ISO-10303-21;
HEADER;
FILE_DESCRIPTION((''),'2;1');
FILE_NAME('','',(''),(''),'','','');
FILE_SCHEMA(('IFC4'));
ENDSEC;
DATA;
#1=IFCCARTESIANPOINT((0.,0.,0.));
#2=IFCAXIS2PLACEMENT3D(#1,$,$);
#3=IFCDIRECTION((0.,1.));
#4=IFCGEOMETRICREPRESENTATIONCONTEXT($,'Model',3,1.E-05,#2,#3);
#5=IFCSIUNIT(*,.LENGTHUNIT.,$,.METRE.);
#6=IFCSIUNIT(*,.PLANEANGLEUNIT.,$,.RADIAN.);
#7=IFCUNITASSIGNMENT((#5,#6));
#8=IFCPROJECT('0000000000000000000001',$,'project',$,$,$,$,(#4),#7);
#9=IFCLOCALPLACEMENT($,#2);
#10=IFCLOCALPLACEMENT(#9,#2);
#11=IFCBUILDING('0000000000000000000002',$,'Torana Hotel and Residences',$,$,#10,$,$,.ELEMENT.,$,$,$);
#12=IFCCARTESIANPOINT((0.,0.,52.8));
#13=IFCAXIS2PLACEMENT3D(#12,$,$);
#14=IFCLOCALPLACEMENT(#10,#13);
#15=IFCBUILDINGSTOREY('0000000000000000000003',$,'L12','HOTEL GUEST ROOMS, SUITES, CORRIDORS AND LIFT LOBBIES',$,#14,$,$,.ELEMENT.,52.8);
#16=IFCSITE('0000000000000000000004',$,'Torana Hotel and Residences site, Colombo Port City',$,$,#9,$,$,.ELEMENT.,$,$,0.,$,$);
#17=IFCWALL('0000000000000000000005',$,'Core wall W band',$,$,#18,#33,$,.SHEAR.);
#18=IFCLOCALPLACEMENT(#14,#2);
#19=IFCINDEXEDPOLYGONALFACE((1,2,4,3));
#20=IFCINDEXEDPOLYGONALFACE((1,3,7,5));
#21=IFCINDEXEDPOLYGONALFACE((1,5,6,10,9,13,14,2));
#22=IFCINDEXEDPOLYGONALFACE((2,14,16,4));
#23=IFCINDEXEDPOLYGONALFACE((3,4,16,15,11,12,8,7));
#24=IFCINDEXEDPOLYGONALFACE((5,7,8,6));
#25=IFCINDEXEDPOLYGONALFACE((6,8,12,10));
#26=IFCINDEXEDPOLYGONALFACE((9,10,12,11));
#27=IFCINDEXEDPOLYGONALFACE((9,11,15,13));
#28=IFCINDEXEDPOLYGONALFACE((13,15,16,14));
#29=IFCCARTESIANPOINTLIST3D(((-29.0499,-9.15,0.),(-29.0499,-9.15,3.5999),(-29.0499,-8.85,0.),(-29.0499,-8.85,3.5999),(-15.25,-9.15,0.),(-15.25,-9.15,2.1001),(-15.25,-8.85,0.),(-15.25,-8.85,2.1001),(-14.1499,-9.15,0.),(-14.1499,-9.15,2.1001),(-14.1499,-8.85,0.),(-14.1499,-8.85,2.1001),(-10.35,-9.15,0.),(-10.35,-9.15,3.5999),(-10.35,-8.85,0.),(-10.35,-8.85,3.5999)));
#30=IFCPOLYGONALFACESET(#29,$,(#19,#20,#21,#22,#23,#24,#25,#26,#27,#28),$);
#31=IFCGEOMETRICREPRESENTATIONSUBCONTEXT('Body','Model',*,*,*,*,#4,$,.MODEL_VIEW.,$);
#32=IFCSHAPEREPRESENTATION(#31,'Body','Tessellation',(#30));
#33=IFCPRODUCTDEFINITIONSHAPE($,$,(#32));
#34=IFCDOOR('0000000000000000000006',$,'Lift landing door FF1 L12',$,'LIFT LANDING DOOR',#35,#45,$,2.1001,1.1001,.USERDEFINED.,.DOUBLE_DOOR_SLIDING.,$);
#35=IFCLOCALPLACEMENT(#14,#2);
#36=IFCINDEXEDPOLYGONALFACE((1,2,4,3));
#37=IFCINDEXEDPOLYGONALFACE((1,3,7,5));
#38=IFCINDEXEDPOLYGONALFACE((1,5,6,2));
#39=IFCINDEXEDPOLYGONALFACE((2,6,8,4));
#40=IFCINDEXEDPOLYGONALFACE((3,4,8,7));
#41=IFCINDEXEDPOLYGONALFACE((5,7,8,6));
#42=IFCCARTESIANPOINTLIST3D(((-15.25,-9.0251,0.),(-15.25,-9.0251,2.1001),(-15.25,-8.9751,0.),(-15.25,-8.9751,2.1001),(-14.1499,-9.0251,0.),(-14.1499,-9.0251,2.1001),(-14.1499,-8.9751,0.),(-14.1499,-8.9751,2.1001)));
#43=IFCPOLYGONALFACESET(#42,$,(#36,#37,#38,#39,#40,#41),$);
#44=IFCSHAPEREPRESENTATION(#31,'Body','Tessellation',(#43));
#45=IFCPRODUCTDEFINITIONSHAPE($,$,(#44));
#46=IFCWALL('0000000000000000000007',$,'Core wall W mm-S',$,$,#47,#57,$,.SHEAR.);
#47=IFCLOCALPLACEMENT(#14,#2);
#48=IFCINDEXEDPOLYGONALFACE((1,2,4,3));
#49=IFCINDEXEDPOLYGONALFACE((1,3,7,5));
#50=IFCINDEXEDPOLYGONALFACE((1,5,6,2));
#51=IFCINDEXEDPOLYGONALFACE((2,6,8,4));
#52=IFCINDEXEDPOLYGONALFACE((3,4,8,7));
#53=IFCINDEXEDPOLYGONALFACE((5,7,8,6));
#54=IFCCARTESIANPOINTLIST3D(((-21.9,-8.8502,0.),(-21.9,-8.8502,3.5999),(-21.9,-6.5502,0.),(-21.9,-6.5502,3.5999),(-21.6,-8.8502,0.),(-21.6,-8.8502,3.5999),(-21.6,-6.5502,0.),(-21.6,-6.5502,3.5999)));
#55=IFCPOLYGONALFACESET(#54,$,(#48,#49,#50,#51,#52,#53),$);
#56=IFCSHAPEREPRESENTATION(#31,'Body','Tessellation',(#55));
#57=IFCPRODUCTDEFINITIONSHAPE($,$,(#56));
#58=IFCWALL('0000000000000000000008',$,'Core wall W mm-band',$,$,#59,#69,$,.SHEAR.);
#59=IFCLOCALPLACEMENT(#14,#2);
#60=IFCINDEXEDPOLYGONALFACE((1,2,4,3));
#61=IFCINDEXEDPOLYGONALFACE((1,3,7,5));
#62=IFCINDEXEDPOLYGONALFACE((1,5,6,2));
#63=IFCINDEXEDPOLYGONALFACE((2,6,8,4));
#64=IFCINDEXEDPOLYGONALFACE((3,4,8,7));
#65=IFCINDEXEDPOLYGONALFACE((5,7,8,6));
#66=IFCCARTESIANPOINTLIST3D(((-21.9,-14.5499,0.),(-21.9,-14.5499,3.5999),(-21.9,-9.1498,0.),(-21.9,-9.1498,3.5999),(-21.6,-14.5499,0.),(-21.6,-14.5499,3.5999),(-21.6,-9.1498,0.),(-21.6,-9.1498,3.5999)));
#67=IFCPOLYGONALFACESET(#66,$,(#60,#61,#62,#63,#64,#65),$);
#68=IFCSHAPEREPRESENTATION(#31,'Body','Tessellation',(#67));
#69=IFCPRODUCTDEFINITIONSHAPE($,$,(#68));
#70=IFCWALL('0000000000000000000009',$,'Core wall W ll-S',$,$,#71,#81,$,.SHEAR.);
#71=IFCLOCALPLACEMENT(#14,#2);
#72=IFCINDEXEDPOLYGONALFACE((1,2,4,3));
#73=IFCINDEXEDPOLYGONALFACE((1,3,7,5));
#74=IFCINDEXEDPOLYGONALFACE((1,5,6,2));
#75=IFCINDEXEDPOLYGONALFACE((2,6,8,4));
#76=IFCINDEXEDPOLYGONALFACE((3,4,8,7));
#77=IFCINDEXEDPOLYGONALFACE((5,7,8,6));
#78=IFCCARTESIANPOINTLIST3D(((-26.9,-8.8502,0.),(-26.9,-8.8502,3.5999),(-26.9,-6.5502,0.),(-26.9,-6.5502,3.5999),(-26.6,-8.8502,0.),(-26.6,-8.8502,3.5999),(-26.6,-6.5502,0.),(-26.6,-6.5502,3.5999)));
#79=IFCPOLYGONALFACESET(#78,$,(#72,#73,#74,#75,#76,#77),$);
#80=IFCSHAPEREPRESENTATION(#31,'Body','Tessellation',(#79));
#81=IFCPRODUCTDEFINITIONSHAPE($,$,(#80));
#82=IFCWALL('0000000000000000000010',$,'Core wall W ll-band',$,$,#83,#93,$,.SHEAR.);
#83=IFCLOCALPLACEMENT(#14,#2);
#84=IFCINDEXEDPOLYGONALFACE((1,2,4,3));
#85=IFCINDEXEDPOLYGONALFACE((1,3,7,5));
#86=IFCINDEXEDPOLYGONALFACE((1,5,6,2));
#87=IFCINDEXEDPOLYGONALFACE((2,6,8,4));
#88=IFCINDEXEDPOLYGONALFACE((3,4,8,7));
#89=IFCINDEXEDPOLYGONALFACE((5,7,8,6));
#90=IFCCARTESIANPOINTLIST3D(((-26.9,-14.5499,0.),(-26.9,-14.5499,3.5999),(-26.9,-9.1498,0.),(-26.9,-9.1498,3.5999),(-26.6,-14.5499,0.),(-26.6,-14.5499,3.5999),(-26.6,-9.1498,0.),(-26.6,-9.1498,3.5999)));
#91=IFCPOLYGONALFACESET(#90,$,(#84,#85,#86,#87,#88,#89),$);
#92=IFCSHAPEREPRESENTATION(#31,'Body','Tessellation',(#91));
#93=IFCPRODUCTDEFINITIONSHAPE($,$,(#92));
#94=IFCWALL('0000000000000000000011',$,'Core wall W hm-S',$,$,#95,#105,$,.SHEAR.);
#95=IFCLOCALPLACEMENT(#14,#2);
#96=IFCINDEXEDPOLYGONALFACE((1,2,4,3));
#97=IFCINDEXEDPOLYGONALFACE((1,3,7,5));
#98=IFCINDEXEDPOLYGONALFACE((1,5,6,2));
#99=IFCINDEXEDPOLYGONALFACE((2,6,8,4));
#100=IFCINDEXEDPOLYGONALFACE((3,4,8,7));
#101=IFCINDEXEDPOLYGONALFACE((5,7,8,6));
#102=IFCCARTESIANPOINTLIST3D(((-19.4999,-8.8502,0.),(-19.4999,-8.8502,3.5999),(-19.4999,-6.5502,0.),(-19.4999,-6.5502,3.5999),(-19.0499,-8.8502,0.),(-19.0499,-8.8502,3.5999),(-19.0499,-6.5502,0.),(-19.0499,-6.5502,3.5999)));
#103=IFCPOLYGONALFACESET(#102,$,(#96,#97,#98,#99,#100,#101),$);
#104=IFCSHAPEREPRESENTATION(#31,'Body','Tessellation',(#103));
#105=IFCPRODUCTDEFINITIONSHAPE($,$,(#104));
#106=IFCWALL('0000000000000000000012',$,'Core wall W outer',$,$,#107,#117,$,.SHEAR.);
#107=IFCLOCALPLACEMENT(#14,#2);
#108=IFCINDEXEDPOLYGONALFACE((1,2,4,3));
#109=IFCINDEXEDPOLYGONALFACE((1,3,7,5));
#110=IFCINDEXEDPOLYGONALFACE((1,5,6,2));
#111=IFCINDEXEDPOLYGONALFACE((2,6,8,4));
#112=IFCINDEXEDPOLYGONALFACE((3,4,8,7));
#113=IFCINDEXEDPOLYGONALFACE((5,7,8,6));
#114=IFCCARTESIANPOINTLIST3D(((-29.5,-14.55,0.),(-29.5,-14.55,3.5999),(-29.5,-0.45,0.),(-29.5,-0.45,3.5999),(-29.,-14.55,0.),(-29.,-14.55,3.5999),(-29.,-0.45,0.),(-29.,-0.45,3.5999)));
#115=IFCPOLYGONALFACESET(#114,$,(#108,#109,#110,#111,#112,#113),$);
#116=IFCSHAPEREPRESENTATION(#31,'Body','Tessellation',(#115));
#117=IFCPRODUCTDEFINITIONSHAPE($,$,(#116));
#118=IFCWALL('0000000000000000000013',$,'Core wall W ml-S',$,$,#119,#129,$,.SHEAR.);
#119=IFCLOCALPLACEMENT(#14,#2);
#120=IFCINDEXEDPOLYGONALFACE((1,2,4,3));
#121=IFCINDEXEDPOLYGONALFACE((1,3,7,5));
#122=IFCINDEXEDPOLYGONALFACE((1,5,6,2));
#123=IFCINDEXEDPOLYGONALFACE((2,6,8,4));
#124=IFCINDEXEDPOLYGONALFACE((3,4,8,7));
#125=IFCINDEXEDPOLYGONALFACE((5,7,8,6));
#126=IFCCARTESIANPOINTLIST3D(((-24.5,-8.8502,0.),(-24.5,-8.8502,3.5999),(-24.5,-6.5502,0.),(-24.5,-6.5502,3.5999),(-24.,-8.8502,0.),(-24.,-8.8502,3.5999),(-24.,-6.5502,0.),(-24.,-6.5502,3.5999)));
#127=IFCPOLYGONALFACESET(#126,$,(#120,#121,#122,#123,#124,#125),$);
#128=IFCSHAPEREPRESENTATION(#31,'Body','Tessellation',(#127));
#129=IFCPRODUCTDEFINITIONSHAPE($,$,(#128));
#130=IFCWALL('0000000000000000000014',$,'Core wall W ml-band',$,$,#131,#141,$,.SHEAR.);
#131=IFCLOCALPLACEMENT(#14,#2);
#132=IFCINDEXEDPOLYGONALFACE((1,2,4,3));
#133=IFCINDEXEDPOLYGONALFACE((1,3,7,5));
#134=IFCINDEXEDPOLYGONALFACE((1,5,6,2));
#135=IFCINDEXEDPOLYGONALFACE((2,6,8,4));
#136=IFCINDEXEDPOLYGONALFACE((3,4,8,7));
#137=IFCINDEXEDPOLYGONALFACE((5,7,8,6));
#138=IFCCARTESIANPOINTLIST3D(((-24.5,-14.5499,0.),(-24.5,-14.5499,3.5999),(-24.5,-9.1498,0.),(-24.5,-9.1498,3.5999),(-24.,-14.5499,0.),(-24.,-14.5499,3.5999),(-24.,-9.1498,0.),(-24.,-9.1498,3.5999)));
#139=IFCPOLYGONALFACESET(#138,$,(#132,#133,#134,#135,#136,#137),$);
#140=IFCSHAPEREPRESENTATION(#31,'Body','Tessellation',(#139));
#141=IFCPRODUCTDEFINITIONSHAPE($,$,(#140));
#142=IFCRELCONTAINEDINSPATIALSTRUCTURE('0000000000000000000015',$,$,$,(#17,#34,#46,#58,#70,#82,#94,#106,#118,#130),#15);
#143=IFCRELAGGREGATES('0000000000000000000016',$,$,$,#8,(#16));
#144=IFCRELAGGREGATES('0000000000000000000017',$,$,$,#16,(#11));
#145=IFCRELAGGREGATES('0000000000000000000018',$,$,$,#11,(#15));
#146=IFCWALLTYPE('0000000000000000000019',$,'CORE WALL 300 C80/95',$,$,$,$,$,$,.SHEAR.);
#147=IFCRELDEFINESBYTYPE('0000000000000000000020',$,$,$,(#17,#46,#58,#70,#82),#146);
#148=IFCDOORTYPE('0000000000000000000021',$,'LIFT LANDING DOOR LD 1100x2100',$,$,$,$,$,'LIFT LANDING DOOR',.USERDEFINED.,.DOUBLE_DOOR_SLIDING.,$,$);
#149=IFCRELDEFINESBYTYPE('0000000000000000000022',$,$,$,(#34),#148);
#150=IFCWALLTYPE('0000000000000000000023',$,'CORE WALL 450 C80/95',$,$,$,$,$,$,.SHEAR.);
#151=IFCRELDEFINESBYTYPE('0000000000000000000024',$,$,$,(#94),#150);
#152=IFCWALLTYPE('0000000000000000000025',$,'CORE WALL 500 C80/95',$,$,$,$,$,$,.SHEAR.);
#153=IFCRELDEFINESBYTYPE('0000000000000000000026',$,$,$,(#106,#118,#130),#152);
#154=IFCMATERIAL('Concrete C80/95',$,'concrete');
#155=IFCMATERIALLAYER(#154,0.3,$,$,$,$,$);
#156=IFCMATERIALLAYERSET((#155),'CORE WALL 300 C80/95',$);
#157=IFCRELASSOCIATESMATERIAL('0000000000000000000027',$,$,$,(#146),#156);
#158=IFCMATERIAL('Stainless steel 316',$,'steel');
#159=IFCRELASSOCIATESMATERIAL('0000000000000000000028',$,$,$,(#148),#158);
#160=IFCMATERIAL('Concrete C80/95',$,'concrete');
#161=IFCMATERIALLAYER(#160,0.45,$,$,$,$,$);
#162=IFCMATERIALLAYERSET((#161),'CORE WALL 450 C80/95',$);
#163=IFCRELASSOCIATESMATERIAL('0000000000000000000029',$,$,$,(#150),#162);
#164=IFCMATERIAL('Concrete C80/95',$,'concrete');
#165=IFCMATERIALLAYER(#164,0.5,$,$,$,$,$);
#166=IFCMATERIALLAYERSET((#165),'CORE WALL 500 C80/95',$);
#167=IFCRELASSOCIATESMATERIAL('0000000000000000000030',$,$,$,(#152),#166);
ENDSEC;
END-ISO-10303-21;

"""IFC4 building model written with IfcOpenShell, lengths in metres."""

from ifc_helpers import new_model, si_unit, direction, frame, frame_2d, origin, place, context, subcontext, project, spatial, rectangle, extrude, material, layer, layer_set, type_object, element, fill, save


model = new_model("IFC4")

# Units and contexts
model_context = context("Model", 3, precision=1e-05, world=origin(), true_north=direction((0.0, 1.0)))
body_context = subcontext(model_context, "Body", "Model", "MODEL_VIEW")
ifc_project = project(units=[si_unit("LENGTHUNIT", "METRE"), si_unit("PLANEANGLEUNIT", "RADIAN")], contexts=[model_context])

# Site, building, storey
site_placement = place(None, origin())
site = spatial("IfcSite", under=ifc_project, at=site_placement, Name="Torana Hotel and Residences site, Colombo Port City", CompositionType="ELEMENT", RefElevation=0.0)
building_placement = place(site_placement, origin())
building = spatial("IfcBuilding", under=site, at=building_placement, Name="Torana Hotel and Residences", CompositionType="ELEMENT")
storey_placement = place(building_placement, frame((0.0, 0.0, 52.8)))
storey = spatial("IfcBuildingStorey", under=building, at=storey_placement, Name="L12", Description="HOTEL GUEST ROOMS, SUITES, CORRIDORS AND LIFT LOBBIES", CompositionType="ELEMENT", Elevation=52.8)

# Wall, opening, door
ifc_material_1 = material(Name="Concrete C80/95", Category="concrete")
ifc_layer_1 = layer(ifc_material_1, 0.3)
ifc_layer_set_1 = layer_set([ifc_layer_1], Name="CORE WALL 300 C80/95")
wall_type_1 = type_object("IfcWallType", Name="CORE WALL 300 C80/95", PredefinedType="SHEAR", material=ifc_layer_set_1)
wall_1_placement = place(storey_placement, frame((-29.05, -9.0, 0.0), z_axis=(0.0, 0.0, 1.0), x_axis=(1.0, 0.0, 0.0)))
wall_1 = element("IfcWall", 1, at=wall_1_placement, inside=storey, type_object=wall_type_1, Name="Core wall W band", PredefinedType="SHEAR", context=body_context, shape_type="SweptSolid", body=[
    extrude(rectangle(XDim=18.7, YDim=0.3, at=frame_2d((9.3501, 0.0))), origin(), (0.0, 0.0, 1.0), 3.5999),
])
opening_placement = place(wall_1_placement, frame((13.8, 0.0, 0.0)))
opening = element("IfcOpeningElement", 2, at=opening_placement, cuts=wall_1, PredefinedType="OPENING", context=body_context, shape_type="SweptSolid", body=[
    extrude(rectangle(XDim=1.1001, YDim=2.1001, at=frame_2d((0.55, 1.05))), frame((0.0, 0.1599, 0.0), z_axis=(0.0, -1.0, 0.0), x_axis=(1.0, 0.0, 0.0)), (0.0, 0.0, 1.0), 0.3201),
])
ifc_material_2 = material(Name="Stainless steel 316", Category="steel")
door_type = type_object("IfcDoorType", Name="LIFT LANDING DOOR LD 1100x2100", ElementType="LIFT LANDING DOOR", OperationType="DOUBLE_DOOR_SLIDING", PredefinedType="USERDEFINED", material=ifc_material_2)
door_placement = place(opening_placement, origin())
door = element("IfcDoor", 3, at=door_placement, inside=storey, type_object=door_type, Name="Lift landing door FF1 L12", ObjectType="LIFT LANDING DOOR", OperationType="DOUBLE_DOOR_SLIDING", OverallHeight=2.1001, OverallWidth=1.1001, PredefinedType="USERDEFINED", context=body_context, shape_type="SweptSolid", body=[
    extrude(rectangle(XDim=1.1001, YDim=2.1001, at=frame_2d((0.55, 1.05))), frame((0.0, 0.0249, 0.0), z_axis=(0.0, -1.0, 0.0), x_axis=(1.0, 0.0, 0.0)), (0.0, 0.0, 1.0), 0.05),
])
fill(opening, door)

# Walls
wall_2_placement = place(storey_placement, frame((-21.75, -8.8501, 0.0), z_axis=(0.0, 0.0, 1.0), x_axis=(0.0, 1.0, 0.0)))
element("IfcWall", 4, at=wall_2_placement, inside=storey, type_object=wall_type_1, Name="Core wall W mm-S", PredefinedType="SHEAR", context=body_context, shape_type="SweptSolid", body=[
    extrude(rectangle(XDim=2.3, YDim=0.3, at=frame_2d((1.1499, 0.0))), origin(), (0.0, 0.0, 1.0), 3.5999),
])
wall_3_placement = place(storey_placement, frame((-21.75, -14.55, 0.0), z_axis=(0.0, 0.0, 1.0), x_axis=(0.0, 1.0, 0.0)))
element("IfcWall", 5, at=wall_3_placement, inside=storey, type_object=wall_type_1, Name="Core wall W mm-band", PredefinedType="SHEAR", context=body_context, shape_type="SweptSolid", body=[
    extrude(rectangle(XDim=5.4001, YDim=0.3, at=frame_2d((2.7002, 0.0))), origin(), (0.0, 0.0, 1.0), 3.5999),
])
wall_4_placement = place(storey_placement, frame((-26.75, -8.8501, 0.0), z_axis=(0.0, 0.0, 1.0), x_axis=(0.0, 1.0, 0.0)))
element("IfcWall", 6, at=wall_4_placement, inside=storey, type_object=wall_type_1, Name="Core wall W ll-S", PredefinedType="SHEAR", context=body_context, shape_type="SweptSolid", body=[
    extrude(rectangle(XDim=2.3, YDim=0.3, at=frame_2d((1.1499, 0.0))), origin(), (0.0, 0.0, 1.0), 3.5999),
])
wall_5_placement = place(storey_placement, frame((-26.75, -14.55, 0.0), z_axis=(0.0, 0.0, 1.0), x_axis=(0.0, 1.0, 0.0)))
element("IfcWall", 7, at=wall_5_placement, inside=storey, type_object=wall_type_1, Name="Core wall W ll-band", PredefinedType="SHEAR", context=body_context, shape_type="SweptSolid", body=[
    extrude(rectangle(XDim=5.4001, YDim=0.3, at=frame_2d((2.7002, 0.0))), origin(), (0.0, 0.0, 1.0), 3.5999),
])
ifc_material_3 = material(Name="Concrete C80/95", Category="concrete")
ifc_layer_2 = layer(ifc_material_3, 0.45)
ifc_layer_set_2 = layer_set([ifc_layer_2], Name="CORE WALL 450 C80/95")
wall_type_2 = type_object("IfcWallType", Name="CORE WALL 450 C80/95", PredefinedType="SHEAR", material=ifc_layer_set_2)
wall_6_placement = place(storey_placement, frame((-19.2749, -8.8501, 0.0), z_axis=(0.0, 0.0, 1.0), x_axis=(0.0, 1.0, 0.0)))
element("IfcWall", 8, at=wall_6_placement, inside=storey, type_object=wall_type_2, Name="Core wall W hm-S", PredefinedType="SHEAR", context=body_context, shape_type="SweptSolid", body=[
    extrude(rectangle(XDim=2.3, YDim=0.45, at=frame_2d((1.1499, 0.0))), origin(), (0.0, 0.0, 1.0), 3.5999),
])
ifc_material_4 = material(Name="Concrete C80/95", Category="concrete")
ifc_layer_3 = layer(ifc_material_4, 0.5)
ifc_layer_set_3 = layer_set([ifc_layer_3], Name="CORE WALL 500 C80/95")
wall_type_3 = type_object("IfcWallType", Name="CORE WALL 500 C80/95", PredefinedType="SHEAR", material=ifc_layer_set_3)
wall_7_placement = place(storey_placement, frame((-29.25, -14.55, 0.0), z_axis=(0.0, 0.0, 1.0), x_axis=(0.0, 1.0, 0.0)))
element("IfcWall", 9, at=wall_7_placement, inside=storey, type_object=wall_type_3, Name="Core wall W outer", PredefinedType="SHEAR", context=body_context, shape_type="SweptSolid", body=[
    extrude(rectangle(XDim=14.1001, YDim=0.5, at=frame_2d((7.05, 0.0))), origin(), (0.0, 0.0, 1.0), 3.5999),
])
wall_8_placement = place(storey_placement, frame((-24.25, -8.8501, 0.0), z_axis=(0.0, 0.0, 1.0), x_axis=(0.0, 1.0, 0.0)))
element("IfcWall", 10, at=wall_8_placement, inside=storey, type_object=wall_type_3, Name="Core wall W ml-S", PredefinedType="SHEAR", context=body_context, shape_type="SweptSolid", body=[
    extrude(rectangle(XDim=2.3, YDim=0.5, at=frame_2d((1.1499, 0.0))), origin(), (0.0, 0.0, 1.0), 3.5999),
])
wall_9_placement = place(storey_placement, frame((-24.25, -14.55, 0.0), z_axis=(0.0, 0.0, 1.0), x_axis=(0.0, 1.0, 0.0)))
element("IfcWall", 11, at=wall_9_placement, inside=storey, type_object=wall_type_3, Name="Core wall W ml-band", PredefinedType="SHEAR", context=body_context, shape_type="SweptSolid", body=[
    extrude(rectangle(XDim=5.4001, YDim=0.5, at=frame_2d((2.7002, 0.0))), origin(), (0.0, 0.0, 1.0), 3.5999),
])

save(model, "model.ifc")
